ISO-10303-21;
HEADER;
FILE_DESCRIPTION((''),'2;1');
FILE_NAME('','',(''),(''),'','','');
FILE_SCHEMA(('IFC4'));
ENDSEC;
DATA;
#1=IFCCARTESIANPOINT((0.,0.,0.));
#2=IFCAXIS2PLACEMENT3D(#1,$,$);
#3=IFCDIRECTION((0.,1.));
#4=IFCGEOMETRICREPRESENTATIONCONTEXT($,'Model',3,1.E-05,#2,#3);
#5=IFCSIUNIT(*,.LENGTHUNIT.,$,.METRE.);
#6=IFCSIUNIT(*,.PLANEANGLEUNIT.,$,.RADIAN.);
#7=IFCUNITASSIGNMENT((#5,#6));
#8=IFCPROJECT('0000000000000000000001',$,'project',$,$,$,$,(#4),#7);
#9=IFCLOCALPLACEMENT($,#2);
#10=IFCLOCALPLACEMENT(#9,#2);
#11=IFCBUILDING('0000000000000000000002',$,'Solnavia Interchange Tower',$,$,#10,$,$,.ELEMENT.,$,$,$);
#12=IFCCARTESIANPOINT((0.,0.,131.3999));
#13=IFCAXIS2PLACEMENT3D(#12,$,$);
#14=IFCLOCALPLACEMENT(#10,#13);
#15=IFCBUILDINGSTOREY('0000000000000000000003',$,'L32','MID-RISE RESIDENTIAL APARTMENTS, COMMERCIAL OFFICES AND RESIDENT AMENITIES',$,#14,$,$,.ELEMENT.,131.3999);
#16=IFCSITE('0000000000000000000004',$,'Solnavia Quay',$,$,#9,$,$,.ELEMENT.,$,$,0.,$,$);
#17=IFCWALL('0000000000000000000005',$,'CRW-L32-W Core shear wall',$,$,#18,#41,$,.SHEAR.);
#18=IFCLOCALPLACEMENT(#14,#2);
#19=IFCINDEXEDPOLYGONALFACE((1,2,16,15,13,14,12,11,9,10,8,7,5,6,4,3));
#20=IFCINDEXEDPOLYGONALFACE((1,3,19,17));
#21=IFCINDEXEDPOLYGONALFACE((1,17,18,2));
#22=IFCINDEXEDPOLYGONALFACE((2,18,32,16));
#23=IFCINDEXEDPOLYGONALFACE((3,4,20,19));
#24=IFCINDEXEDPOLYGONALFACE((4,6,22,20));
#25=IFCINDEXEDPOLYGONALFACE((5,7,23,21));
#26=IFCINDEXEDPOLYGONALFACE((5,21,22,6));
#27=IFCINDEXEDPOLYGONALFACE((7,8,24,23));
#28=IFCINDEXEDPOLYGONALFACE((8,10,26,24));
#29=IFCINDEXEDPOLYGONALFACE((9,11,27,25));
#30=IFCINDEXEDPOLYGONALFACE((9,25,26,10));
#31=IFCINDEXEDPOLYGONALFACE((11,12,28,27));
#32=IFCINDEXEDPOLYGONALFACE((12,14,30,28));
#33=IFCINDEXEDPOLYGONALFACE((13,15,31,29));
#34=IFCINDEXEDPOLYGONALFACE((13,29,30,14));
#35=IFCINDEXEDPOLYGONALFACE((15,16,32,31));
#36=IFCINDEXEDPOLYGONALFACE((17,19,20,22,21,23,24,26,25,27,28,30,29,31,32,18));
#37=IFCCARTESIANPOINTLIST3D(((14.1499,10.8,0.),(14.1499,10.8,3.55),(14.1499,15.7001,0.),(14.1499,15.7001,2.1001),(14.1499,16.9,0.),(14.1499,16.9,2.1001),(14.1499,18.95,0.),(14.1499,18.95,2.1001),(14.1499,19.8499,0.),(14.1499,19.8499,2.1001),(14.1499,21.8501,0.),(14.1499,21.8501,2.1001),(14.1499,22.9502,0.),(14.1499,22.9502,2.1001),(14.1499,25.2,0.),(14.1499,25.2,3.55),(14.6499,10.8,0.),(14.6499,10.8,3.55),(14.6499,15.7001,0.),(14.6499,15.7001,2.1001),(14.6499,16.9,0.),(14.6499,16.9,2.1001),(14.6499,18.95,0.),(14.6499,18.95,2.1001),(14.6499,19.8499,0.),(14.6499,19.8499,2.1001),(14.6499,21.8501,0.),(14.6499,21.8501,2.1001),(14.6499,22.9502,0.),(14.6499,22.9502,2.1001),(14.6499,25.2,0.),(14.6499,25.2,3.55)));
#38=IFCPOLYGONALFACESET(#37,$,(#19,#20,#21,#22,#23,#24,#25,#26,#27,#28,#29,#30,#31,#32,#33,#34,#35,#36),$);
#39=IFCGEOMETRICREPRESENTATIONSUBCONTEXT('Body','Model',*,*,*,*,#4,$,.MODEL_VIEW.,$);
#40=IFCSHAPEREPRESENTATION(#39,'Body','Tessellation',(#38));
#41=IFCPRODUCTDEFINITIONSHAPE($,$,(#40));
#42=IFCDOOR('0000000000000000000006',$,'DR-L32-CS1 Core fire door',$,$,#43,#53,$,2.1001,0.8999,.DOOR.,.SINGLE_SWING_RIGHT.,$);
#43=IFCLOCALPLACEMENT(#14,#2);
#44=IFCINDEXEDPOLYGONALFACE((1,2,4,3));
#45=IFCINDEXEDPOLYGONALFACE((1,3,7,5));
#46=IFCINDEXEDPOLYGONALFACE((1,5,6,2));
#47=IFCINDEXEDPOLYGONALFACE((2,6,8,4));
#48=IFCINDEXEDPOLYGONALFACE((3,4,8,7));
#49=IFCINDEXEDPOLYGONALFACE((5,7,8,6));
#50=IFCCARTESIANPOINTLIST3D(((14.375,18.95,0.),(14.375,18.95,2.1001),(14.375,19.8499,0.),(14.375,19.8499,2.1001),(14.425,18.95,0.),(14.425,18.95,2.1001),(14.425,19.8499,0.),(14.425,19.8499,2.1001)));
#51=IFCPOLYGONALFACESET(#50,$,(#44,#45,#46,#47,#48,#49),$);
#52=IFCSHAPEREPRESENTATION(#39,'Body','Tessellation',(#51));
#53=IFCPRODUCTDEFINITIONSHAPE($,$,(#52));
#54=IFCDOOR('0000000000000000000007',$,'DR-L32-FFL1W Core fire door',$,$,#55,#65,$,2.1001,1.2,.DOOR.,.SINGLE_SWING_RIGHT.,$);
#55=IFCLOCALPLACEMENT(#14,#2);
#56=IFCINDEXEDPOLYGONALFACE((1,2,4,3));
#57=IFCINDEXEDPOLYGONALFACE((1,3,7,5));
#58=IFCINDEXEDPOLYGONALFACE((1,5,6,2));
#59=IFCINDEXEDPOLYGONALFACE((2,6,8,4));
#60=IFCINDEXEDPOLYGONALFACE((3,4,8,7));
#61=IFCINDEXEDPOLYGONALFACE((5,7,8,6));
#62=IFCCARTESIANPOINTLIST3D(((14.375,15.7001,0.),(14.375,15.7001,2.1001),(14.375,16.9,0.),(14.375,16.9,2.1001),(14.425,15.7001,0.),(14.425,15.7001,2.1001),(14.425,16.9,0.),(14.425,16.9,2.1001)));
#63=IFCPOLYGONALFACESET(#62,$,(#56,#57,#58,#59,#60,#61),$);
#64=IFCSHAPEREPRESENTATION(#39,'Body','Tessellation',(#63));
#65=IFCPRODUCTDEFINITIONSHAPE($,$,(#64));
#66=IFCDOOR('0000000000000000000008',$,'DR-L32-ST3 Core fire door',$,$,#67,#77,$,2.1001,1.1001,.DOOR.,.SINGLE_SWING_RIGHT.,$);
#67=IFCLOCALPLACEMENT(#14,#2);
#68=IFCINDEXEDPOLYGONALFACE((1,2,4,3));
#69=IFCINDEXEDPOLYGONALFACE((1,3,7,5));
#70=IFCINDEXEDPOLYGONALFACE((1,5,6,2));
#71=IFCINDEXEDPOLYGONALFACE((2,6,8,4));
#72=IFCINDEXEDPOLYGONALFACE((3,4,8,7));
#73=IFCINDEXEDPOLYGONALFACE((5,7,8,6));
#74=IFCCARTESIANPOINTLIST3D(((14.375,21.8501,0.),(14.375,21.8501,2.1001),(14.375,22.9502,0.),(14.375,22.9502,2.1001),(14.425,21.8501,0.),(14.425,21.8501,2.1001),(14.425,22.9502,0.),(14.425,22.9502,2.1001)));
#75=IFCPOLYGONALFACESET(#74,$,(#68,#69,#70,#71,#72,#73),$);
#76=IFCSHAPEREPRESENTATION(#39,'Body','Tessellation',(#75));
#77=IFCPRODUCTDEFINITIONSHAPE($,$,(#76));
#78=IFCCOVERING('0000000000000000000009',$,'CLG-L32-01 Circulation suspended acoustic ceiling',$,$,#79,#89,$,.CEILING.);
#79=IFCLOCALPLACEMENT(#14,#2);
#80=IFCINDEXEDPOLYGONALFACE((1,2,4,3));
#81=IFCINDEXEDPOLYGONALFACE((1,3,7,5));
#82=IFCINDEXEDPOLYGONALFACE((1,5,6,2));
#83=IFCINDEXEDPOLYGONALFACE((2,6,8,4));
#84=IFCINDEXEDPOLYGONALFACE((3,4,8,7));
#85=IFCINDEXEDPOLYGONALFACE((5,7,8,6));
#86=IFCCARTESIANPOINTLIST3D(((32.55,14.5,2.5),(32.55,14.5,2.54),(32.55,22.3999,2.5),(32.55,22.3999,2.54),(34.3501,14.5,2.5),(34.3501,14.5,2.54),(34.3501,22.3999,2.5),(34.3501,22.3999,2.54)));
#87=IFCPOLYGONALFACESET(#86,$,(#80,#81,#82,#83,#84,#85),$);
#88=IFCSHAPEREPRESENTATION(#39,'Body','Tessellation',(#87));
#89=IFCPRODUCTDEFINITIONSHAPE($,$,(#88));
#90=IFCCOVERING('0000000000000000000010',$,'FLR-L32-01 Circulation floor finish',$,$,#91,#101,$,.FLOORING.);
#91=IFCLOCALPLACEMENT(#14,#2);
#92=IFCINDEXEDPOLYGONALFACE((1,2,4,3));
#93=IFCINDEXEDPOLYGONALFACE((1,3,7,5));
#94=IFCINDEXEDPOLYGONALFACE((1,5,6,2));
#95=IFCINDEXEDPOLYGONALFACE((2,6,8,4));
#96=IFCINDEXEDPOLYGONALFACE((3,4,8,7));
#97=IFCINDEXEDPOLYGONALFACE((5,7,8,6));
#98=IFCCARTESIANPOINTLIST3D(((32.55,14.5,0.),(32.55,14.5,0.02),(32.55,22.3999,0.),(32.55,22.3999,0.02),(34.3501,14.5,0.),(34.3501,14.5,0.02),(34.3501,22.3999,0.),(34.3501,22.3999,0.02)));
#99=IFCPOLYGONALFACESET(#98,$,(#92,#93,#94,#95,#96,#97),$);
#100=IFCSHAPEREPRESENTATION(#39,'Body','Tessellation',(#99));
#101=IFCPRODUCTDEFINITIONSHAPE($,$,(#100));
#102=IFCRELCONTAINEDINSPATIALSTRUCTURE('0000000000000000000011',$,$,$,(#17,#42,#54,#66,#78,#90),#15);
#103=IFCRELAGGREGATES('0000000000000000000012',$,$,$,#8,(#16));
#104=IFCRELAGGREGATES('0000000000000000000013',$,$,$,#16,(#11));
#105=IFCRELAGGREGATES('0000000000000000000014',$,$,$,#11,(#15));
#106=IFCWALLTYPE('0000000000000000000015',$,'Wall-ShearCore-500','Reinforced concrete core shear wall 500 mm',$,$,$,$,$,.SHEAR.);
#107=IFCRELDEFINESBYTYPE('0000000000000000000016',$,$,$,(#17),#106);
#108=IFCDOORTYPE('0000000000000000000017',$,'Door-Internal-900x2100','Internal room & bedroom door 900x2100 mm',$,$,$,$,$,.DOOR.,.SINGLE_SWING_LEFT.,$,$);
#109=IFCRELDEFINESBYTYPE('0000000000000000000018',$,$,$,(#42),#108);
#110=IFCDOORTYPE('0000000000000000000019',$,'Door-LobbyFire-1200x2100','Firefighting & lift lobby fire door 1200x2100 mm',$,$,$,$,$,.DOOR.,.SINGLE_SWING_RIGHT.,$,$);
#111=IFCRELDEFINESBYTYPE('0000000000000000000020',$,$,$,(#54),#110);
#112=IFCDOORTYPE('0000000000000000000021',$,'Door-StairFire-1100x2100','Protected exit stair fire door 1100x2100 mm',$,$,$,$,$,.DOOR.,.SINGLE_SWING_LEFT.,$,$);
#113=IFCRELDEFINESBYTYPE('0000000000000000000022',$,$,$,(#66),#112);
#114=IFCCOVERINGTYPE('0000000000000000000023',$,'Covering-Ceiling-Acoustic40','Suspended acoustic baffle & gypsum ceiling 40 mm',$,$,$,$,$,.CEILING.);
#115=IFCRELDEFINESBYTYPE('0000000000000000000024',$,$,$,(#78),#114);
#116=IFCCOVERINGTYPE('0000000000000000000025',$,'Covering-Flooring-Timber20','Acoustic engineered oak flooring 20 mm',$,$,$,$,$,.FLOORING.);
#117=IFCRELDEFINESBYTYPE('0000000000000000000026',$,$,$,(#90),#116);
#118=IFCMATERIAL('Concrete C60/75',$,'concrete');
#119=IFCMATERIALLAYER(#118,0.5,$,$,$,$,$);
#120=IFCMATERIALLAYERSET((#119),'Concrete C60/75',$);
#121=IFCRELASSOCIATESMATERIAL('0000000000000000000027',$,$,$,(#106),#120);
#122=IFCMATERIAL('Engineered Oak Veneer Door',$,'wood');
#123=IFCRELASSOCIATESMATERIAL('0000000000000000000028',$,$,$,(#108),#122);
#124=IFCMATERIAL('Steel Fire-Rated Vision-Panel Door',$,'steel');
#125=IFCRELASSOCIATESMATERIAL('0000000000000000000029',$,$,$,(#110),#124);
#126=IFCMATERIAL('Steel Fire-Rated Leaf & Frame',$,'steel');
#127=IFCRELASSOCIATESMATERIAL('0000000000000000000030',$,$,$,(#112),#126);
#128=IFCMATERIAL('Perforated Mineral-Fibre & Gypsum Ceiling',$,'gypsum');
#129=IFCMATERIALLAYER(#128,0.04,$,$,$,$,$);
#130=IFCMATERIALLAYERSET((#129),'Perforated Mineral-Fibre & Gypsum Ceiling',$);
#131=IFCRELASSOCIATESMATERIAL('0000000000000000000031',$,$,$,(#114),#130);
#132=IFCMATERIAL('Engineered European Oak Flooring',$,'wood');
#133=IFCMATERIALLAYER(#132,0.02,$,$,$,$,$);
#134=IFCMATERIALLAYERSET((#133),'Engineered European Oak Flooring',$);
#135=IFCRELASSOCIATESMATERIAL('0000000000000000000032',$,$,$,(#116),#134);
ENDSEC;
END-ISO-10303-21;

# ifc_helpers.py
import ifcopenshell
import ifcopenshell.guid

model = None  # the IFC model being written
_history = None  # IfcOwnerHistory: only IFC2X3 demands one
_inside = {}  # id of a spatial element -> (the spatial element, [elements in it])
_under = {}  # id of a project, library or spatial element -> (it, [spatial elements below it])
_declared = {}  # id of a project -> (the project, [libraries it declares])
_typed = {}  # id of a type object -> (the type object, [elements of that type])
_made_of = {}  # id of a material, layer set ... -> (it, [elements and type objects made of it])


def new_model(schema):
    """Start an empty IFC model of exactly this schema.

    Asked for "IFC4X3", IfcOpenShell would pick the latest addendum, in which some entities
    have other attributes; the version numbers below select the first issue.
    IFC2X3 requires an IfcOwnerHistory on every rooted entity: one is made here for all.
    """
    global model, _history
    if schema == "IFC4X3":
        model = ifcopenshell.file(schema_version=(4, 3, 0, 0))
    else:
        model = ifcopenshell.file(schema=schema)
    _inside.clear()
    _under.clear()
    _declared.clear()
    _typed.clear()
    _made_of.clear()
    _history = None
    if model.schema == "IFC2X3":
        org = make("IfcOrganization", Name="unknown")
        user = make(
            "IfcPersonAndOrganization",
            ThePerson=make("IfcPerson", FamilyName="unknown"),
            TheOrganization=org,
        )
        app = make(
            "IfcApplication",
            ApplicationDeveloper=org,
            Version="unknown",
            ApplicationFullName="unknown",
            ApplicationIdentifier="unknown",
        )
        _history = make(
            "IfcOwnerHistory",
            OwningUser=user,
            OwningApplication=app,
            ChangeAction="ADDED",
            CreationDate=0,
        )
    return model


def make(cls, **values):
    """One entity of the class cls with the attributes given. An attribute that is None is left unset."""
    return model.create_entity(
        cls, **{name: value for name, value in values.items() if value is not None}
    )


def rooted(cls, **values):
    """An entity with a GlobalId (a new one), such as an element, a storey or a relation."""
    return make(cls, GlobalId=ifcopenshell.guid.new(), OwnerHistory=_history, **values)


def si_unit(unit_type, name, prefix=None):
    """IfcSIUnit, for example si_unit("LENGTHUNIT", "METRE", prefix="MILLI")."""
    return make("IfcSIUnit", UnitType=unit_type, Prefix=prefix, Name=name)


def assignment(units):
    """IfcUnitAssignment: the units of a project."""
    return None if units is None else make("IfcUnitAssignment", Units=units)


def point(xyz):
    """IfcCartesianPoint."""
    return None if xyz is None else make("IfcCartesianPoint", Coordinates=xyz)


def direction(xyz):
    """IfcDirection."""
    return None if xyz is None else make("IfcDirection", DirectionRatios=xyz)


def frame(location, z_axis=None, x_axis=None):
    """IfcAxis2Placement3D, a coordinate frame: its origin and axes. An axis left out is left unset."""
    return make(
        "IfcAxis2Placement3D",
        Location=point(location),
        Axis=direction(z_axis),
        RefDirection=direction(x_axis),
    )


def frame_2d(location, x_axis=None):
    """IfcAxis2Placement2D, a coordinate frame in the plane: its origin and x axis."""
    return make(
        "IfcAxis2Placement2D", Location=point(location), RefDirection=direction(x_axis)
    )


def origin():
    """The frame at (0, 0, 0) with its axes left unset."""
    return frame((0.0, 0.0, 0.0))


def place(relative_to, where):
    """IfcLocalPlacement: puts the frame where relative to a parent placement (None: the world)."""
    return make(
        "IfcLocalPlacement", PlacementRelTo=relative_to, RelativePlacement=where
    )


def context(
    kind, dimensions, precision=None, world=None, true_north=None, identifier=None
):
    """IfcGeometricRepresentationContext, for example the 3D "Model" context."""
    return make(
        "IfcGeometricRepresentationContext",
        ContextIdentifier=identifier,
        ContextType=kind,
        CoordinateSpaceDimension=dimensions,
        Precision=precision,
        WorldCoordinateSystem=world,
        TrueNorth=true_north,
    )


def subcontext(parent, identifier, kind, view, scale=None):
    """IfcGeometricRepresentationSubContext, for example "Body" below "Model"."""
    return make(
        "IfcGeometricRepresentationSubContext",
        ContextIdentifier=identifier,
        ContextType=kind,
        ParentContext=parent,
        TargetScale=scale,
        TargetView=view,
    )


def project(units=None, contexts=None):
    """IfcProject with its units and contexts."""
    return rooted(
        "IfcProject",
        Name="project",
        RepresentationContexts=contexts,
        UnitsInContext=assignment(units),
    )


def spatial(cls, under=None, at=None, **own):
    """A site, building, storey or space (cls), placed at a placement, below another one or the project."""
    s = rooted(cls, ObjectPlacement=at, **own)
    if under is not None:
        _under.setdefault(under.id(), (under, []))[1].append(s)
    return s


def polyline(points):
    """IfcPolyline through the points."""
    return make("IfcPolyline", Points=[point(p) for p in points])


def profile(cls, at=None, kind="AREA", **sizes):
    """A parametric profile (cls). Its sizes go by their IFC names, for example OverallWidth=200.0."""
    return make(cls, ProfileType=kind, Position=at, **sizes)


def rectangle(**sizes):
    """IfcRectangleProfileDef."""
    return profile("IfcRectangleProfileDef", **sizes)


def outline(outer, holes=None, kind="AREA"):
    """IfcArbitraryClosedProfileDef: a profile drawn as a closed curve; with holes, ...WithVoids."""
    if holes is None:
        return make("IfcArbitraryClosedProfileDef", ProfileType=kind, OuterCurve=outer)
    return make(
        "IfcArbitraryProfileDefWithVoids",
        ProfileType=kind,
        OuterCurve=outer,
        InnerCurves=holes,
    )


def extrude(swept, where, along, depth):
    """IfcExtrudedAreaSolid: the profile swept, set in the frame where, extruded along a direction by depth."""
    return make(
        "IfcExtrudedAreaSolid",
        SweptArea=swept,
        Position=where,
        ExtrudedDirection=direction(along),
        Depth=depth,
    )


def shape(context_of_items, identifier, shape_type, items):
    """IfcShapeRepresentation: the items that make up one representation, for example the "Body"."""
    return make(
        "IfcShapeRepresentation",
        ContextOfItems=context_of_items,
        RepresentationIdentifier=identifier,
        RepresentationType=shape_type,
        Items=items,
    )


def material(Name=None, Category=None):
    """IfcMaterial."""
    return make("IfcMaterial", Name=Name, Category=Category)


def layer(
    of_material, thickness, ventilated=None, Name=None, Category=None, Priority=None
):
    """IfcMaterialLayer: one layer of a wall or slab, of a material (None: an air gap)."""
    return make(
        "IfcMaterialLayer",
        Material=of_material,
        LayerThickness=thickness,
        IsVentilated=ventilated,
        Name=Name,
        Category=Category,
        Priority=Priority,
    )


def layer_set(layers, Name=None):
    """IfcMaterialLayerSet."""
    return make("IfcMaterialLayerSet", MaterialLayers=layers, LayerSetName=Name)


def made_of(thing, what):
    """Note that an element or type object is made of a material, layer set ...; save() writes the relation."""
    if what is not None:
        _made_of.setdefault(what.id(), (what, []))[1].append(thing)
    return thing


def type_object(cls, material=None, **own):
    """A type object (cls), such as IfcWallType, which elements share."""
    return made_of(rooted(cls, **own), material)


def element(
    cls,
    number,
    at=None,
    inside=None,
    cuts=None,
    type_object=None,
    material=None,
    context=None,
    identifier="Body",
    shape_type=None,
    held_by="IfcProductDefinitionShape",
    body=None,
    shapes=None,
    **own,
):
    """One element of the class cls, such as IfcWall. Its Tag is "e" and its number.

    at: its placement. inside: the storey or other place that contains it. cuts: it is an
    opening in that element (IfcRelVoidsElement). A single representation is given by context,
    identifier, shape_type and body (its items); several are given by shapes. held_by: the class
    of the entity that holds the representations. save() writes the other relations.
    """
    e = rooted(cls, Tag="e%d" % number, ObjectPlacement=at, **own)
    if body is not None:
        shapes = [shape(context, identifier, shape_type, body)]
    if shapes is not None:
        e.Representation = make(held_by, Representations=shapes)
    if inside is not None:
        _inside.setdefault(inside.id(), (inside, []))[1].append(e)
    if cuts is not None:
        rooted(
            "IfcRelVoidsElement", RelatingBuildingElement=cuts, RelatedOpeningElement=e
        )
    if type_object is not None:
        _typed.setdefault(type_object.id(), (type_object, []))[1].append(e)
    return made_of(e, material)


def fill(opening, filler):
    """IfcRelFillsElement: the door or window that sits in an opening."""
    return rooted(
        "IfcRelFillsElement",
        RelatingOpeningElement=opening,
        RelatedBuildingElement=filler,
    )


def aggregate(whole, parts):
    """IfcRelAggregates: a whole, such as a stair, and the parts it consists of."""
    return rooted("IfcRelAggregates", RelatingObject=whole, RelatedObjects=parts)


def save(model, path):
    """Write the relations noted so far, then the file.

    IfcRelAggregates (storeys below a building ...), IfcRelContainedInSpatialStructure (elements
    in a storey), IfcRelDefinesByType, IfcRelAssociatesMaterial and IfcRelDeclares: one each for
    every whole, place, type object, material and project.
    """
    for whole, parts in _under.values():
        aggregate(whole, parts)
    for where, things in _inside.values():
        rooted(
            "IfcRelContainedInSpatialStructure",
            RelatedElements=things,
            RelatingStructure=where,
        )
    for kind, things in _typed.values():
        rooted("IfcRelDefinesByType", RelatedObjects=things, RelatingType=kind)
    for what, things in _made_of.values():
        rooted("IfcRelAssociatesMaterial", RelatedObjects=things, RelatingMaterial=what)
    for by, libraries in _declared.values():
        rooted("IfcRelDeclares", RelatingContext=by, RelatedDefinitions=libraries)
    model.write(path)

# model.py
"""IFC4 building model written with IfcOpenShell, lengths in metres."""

from ifc_helpers import new_model, si_unit, direction, frame, frame_2d, origin, place, context, subcontext, project, spatial, polyline, rectangle, outline, extrude, material, layer, layer_set, type_object, element, fill, save


model = new_model("IFC4")

# Units and contexts
model_context = context("Model", 3, precision=1e-05, world=origin(), true_north=direction((0.0, 1.0)))
body_context = subcontext(model_context, "Body", "Model", "MODEL_VIEW")
ifc_project = project(units=[si_unit("LENGTHUNIT", "METRE"), si_unit("PLANEANGLEUNIT", "RADIAN")], contexts=[model_context])

# Site, building, storey
site_placement = place(None, origin())
site = spatial("IfcSite", under=ifc_project, at=site_placement, Name="Solnavia Quay", CompositionType="ELEMENT", RefElevation=0.0)
building_placement = place(site_placement, origin())
building = spatial("IfcBuilding", under=site, at=building_placement, Name="Solnavia Interchange Tower", CompositionType="ELEMENT")
storey_placement = place(building_placement, frame((0.0, 0.0, 131.3999)))
storey = spatial("IfcBuildingStorey", under=building, at=storey_placement, Name="L32", Description="MID-RISE RESIDENTIAL APARTMENTS, COMMERCIAL OFFICES AND RESIDENT AMENITIES", CompositionType="ELEMENT", Elevation=131.3999)

# Shared definitions
ifc_material_1 = material(Name="Concrete C60/75", Category="concrete")
ifc_layer_1 = layer(ifc_material_1, 0.5)
ifc_layer_set_1 = layer_set([ifc_layer_1], Name="Concrete C60/75")
wall_type_1 = type_object("IfcWallType", Name="Wall-ShearCore-500", Description="Reinforced concrete core shear wall 500 mm", PredefinedType="SHEAR", material=ifc_layer_set_1)

# Wall, openings, doors
wall_1_placement = place(storey_placement, frame((14.3999, 10.8, 0.0), z_axis=(0.0, 0.0, 1.0), x_axis=(0.0, 1.0, 0.0)))
wall_1 = element("IfcWall", 1, at=wall_1_placement, inside=storey, type_object=wall_type_1, Name="CRW-L32-W Core shear wall", PredefinedType="SHEAR", context=body_context, shape_type="SweptSolid", body=[
    extrude(rectangle(XDim=14.3999, YDim=0.5, at=frame_2d((7.2, 0.0))), origin(), (0.0, 0.0, 1.0), 3.55),
])
opening_1_placement = place(wall_1_placement, frame((11.05, 0.0, 0.0)))
opening_1 = element("IfcOpeningElement", 2, at=opening_1_placement, cuts=wall_1, PredefinedType="OPENING", context=body_context, shape_type="SweptSolid", body=[
    extrude(rectangle(XDim=1.1001, YDim=2.1001, at=frame_2d((0.55, 1.05))), frame((0.0, 0.26, 0.0), z_axis=(0.0, -1.0, 0.0), x_axis=(1.0, 0.0, 0.0)), (0.0, 0.0, 1.0), 0.52),
])
opening_2_placement = place(wall_1_placement, frame((4.8999, 0.0, 0.0)))
opening_2 = element("IfcOpeningElement", 3, at=opening_2_placement, cuts=wall_1, PredefinedType="OPENING", context=body_context, shape_type="SweptSolid", body=[
    extrude(rectangle(XDim=1.2, YDim=2.1001, at=frame_2d((0.6001, 1.05))), frame((0.0, 0.26, 0.0), z_axis=(0.0, -1.0, 0.0), x_axis=(1.0, 0.0, 0.0)), (0.0, 0.0, 1.0), 0.52),
])
opening_3_placement = place(wall_1_placement, frame((8.1499, 0.0, 0.0)))
opening_3 = element("IfcOpeningElement", 4, at=opening_3_placement, cuts=wall_1, PredefinedType="OPENING", context=body_context, shape_type="SweptSolid", body=[
    extrude(rectangle(XDim=0.8999, YDim=2.1001, at=frame_2d((0.45, 1.05))), frame((0.0, 0.26, 0.0), z_axis=(0.0, -1.0, 0.0), x_axis=(1.0, 0.0, 0.0)), (0.0, 0.0, 1.0), 0.52),
])
ifc_material_2 = material(Name="Engineered Oak Veneer Door", Category="wood")
door_type_1 = type_object("IfcDoorType", Name="Door-Internal-900x2100", Description="Internal room & bedroom door 900x2100 mm", OperationType="SINGLE_SWING_LEFT", PredefinedType="DOOR", material=ifc_material_2)
door_1_placement = place(opening_3_placement, origin())
door_1 = element("IfcDoor", 5, at=door_1_placement, inside=storey, type_object=door_type_1, Name="DR-L32-CS1 Core fire door", OperationType="SINGLE_SWING_RIGHT", OverallHeight=2.1001, OverallWidth=0.8999, PredefinedType="DOOR", context=body_context, shape_type="SweptSolid", body=[
    extrude(rectangle(XDim=0.8999, YDim=2.1001, at=frame_2d((0.45, 1.05))), frame((0.0, 0.0249, 0.0), z_axis=(0.0, -1.0, 0.0), x_axis=(1.0, 0.0, 0.0)), (0.0, 0.0, 1.0), 0.05),
])
fill(opening_3, door_1)
ifc_material_3 = material(Name="Steel Fire-Rated Vision-Panel Door", Category="steel")
door_type_2 = type_object("IfcDoorType", Name="Door-LobbyFire-1200x2100", Description="Firefighting & lift lobby fire door 1200x2100 mm", OperationType="SINGLE_SWING_RIGHT", PredefinedType="DOOR", material=ifc_material_3)
door_2_placement = place(opening_2_placement, origin())
door_2 = element("IfcDoor", 6, at=door_2_placement, inside=storey, type_object=door_type_2, Name="DR-L32-FFL1W Core fire door", OperationType="SINGLE_SWING_RIGHT", OverallHeight=2.1001, OverallWidth=1.2, PredefinedType="DOOR", context=body_context, shape_type="SweptSolid", body=[
    extrude(rectangle(XDim=1.2, YDim=2.1001, at=frame_2d((0.6001, 1.05))), frame((0.0, 0.0249, 0.0), z_axis=(0.0, -1.0, 0.0), x_axis=(1.0, 0.0, 0.0)), (0.0, 0.0, 1.0), 0.05),
])
fill(opening_2, door_2)
ifc_material_4 = material(Name="Steel Fire-Rated Leaf & Frame", Category="steel")
door_type_3 = type_object("IfcDoorType", Name="Door-StairFire-1100x2100", Description="Protected exit stair fire door 1100x2100 mm", OperationType="SINGLE_SWING_LEFT", PredefinedType="DOOR", material=ifc_material_4)
door_3_placement = place(opening_1_placement, origin())
door_3 = element("IfcDoor", 7, at=door_3_placement, inside=storey, type_object=door_type_3, Name="DR-L32-ST3 Core fire door", OperationType="SINGLE_SWING_RIGHT", OverallHeight=2.1001, OverallWidth=1.1001, PredefinedType="DOOR", context=body_context, shape_type="SweptSolid", body=[
    extrude(rectangle(XDim=1.1001, YDim=2.1001, at=frame_2d((0.55, 1.05))), frame((0.0, 0.0249, 0.0), z_axis=(0.0, -1.0, 0.0), x_axis=(1.0, 0.0, 0.0)), (0.0, 0.0, 1.0), 0.05),
])
fill(opening_1, door_3)

# Coverings
ifc_material_5 = material(Name="Perforated Mineral-Fibre & Gypsum Ceiling", Category="gypsum")
ifc_layer_2 = layer(ifc_material_5, 0.04)
ifc_layer_set_2 = layer_set([ifc_layer_2], Name="Perforated Mineral-Fibre & Gypsum Ceiling")
covering_type_1 = type_object("IfcCoveringType", Name="Covering-Ceiling-Acoustic40", Description="Suspended acoustic baffle & gypsum ceiling 40 mm", PredefinedType="CEILING", material=ifc_layer_set_2)
covering_1_placement = place(storey_placement, frame((0.0, 0.0, 2.5)))
element("IfcCovering", 8, at=covering_1_placement, inside=storey, type_object=covering_type_1, Name="CLG-L32-01 Circulation suspended acoustic ceiling", PredefinedType="CEILING", context=body_context, shape_type="SweptSolid", body=[
    extrude(outline(polyline([(32.55, 14.5), (34.3501, 14.5), (34.3501, 22.3999), (32.55, 22.3999), (32.55, 14.5)])), origin(), (0.0, 0.0, 1.0), 0.04),
])
ifc_material_6 = material(Name="Engineered European Oak Flooring", Category="wood")
ifc_layer_3 = layer(ifc_material_6, 0.02)
ifc_layer_set_3 = layer_set([ifc_layer_3], Name="Engineered European Oak Flooring")
covering_type_2 = type_object("IfcCoveringType", Name="Covering-Flooring-Timber20", Description="Acoustic engineered oak flooring 20 mm", PredefinedType="FLOORING", material=ifc_layer_set_3)
covering_2_placement = place(storey_placement, origin())
element("IfcCovering", 9, at=covering_2_placement, inside=storey, type_object=covering_type_2, Name="FLR-L32-01 Circulation floor finish", PredefinedType="FLOORING", context=body_context, shape_type="SweptSolid", body=[
    extrude(outline(polyline([(32.55, 14.5), (34.3501, 14.5), (34.3501, 22.3999), (32.55, 22.3999), (32.55, 14.5)])), origin(), (0.0, 0.0, 1.0), 0.02),
])

save(model, "model.ifc")
